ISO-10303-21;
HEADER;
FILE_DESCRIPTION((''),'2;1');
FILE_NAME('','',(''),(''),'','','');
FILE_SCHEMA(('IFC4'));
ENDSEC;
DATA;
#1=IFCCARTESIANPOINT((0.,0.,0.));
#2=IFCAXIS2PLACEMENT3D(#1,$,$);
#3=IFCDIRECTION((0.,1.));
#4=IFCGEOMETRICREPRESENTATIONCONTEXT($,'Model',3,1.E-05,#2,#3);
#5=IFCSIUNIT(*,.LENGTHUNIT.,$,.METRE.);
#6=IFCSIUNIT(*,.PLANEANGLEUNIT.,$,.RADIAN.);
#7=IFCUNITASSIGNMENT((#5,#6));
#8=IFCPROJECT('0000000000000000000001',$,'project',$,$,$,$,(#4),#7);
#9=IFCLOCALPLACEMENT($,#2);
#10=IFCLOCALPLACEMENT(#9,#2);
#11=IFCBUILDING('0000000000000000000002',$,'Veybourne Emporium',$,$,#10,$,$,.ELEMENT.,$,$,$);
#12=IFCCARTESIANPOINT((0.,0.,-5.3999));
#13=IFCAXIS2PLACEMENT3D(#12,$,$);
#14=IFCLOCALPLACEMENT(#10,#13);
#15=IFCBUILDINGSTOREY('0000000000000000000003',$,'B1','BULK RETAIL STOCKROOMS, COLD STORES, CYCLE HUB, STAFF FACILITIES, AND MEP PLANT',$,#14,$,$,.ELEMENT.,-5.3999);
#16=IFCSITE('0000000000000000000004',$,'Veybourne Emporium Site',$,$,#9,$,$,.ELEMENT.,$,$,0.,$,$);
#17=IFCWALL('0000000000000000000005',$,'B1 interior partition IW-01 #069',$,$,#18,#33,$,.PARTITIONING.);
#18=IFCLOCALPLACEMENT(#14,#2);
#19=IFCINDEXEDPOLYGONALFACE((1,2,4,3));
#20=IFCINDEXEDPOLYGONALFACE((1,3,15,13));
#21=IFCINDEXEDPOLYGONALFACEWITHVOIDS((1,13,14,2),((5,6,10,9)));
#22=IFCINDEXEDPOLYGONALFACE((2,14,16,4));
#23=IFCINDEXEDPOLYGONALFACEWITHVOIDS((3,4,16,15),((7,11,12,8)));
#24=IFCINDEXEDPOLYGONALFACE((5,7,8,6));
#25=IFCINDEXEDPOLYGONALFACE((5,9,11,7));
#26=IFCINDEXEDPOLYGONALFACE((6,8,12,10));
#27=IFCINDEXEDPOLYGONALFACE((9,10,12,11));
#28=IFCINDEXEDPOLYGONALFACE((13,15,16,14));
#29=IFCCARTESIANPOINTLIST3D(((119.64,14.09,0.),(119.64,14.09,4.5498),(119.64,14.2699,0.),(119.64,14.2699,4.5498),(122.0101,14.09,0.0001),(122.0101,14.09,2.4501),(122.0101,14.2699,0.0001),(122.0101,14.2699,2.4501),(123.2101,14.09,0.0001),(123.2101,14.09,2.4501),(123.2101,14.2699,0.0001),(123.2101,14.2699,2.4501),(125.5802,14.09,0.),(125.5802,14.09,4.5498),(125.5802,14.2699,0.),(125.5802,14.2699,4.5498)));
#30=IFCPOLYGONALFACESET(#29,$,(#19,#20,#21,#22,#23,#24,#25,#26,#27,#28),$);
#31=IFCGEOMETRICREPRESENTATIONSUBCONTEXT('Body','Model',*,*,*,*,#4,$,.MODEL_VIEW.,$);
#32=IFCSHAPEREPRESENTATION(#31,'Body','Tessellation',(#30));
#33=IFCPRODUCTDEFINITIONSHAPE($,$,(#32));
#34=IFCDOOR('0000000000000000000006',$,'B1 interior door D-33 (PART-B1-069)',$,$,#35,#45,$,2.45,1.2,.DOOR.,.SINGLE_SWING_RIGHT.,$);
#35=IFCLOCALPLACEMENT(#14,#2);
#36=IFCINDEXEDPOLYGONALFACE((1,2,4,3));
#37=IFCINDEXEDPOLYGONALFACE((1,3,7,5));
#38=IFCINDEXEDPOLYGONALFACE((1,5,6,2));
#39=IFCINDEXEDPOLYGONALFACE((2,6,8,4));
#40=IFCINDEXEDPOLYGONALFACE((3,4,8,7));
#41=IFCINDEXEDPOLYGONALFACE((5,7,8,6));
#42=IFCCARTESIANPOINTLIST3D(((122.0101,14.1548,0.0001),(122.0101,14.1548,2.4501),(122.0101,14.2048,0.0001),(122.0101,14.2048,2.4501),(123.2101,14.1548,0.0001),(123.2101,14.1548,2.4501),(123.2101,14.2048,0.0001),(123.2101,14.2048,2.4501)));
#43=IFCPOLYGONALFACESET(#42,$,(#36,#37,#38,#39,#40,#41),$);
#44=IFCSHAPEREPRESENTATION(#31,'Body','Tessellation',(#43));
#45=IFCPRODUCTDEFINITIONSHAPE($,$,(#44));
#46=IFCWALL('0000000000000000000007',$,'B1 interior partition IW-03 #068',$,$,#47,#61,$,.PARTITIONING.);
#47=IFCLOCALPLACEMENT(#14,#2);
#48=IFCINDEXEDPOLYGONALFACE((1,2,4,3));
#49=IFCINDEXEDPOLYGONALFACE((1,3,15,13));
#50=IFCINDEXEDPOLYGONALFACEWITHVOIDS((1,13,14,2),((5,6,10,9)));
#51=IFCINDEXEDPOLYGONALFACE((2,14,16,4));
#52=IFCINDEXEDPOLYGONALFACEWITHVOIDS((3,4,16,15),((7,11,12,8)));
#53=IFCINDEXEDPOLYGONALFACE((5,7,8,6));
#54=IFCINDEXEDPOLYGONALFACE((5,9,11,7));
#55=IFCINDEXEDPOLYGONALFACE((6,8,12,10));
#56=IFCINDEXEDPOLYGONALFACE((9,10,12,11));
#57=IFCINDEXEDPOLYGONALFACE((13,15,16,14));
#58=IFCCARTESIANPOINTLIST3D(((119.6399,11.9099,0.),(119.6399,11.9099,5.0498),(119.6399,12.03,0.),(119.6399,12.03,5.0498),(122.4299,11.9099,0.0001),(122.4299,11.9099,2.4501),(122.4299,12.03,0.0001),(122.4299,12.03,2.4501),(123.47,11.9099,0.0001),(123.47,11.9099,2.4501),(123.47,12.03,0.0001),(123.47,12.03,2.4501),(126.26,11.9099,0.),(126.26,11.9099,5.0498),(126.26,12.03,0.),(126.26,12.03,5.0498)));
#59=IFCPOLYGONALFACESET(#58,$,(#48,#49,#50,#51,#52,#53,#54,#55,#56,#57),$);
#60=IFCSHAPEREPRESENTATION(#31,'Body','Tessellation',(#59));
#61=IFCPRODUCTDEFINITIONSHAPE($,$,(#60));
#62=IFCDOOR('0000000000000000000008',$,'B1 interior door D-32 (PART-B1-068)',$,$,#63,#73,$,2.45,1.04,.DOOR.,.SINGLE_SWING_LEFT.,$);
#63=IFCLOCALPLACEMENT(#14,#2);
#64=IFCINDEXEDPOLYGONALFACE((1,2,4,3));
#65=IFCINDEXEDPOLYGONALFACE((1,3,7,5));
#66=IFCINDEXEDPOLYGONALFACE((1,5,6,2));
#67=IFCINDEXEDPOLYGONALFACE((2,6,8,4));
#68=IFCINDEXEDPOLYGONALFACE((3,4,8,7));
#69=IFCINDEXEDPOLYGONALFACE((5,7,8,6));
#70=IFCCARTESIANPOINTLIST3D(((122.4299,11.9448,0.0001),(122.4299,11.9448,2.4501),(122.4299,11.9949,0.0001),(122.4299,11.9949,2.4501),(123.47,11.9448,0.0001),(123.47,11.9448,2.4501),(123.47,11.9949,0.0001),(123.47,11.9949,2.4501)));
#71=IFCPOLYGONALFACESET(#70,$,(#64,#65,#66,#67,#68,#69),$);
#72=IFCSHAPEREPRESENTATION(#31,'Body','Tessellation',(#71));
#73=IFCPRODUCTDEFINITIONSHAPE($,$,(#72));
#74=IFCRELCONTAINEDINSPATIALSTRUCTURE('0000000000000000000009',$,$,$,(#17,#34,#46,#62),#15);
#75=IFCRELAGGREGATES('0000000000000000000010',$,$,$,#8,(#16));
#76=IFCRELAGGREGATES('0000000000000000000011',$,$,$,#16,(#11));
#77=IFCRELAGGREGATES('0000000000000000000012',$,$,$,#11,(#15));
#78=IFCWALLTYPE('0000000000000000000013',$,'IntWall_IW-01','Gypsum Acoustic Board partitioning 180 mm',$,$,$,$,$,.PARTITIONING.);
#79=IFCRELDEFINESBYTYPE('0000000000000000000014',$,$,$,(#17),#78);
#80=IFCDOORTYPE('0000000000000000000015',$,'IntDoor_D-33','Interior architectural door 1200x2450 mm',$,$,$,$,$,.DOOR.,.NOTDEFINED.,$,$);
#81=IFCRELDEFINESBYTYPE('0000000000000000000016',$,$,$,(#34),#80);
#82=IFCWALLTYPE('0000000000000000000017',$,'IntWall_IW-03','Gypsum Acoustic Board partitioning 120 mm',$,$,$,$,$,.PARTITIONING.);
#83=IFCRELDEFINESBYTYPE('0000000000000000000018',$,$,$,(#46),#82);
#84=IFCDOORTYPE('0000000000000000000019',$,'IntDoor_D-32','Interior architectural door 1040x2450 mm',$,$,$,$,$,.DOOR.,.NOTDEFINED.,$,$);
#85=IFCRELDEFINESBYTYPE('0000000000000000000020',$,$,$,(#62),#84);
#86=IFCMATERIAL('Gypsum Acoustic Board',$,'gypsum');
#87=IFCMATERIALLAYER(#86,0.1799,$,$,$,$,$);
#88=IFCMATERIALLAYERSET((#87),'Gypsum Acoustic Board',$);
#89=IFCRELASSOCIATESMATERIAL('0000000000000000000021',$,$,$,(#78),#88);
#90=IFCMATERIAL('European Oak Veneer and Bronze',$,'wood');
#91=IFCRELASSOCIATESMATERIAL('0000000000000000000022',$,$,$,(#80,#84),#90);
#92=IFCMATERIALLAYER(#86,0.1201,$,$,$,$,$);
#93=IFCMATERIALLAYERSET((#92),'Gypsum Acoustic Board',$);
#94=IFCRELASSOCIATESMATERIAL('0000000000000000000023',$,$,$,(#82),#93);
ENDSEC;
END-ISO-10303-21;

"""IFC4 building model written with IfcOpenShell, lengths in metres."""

from ifc_helpers import new_model, si_unit, direction, frame, frame_2d, origin, place, context, subcontext, project, spatial, rectangle, extrude, material, layer, layer_set, type_object, element, fill, save


model = new_model("IFC4")

# Units and contexts
model_context = context("Model", 3, precision=1e-05, world=origin(), true_north=direction((0.0, 1.0)))
body_context = subcontext(model_context, "Body", "Model", "MODEL_VIEW")
ifc_project = project(units=[si_unit("LENGTHUNIT", "METRE"), si_unit("PLANEANGLEUNIT", "RADIAN")], contexts=[model_context])

# Site, building, storey
site_placement = place(None, origin())
site = spatial("IfcSite", under=ifc_project, at=site_placement, Name="Veybourne Emporium Site", CompositionType="ELEMENT", RefElevation=0.0)
building_placement = place(site_placement, origin())
building = spatial("IfcBuilding", under=site, at=building_placement, Name="Veybourne Emporium", CompositionType="ELEMENT")
storey_placement = place(building_placement, frame((0.0, 0.0, -5.3999)))
storey = spatial("IfcBuildingStorey", under=building, at=storey_placement, Name="B1", Description="BULK RETAIL STOCKROOMS, COLD STORES, CYCLE HUB, STAFF FACILITIES, AND MEP PLANT", CompositionType="ELEMENT", Elevation=-5.3999)

# Walls, openings, doors
ifc_material_1 = material(Name="Gypsum Acoustic Board", Category="gypsum")
ifc_layer_1 = layer(ifc_material_1, 0.1799)
ifc_layer_set_1 = layer_set([ifc_layer_1], Name="Gypsum Acoustic Board")
wall_type_1 = type_object("IfcWallType", Name="IntWall_IW-01", Description="Gypsum Acoustic Board partitioning 180 mm", PredefinedType="PARTITIONING", material=ifc_layer_set_1)
wall_1_placement = place(storey_placement, frame((119.6399, 14.1799, 0.0), z_axis=(0.0, 0.0, 1.0), x_axis=(1.0, 0.0, 0.0)))
wall_1 = element("IfcWall", 1, at=wall_1_placement, inside=storey, type_object=wall_type_1, Name="B1 interior partition IW-01 #069", PredefinedType="PARTITIONING", context=body_context, shape_type="SweptSolid", body=[
    extrude(rectangle(XDim=5.9402, YDim=0.1799, at=frame_2d((2.9702, 0.0))), origin(), (0.0, 0.0, 1.0), 4.5498),
])
opening_1_placement = place(wall_1_placement, frame((2.3701, 0.0, 0.0)))
opening_1 = element("IfcOpeningElement", 2, at=opening_1_placement, cuts=wall_1, PredefinedType="OPENING", context=body_context, shape_type="SweptSolid", body=[
    extrude(rectangle(XDim=1.2, YDim=2.45, at=frame_2d((0.6001, 1.2251))), frame((0.0, 0.1099, 0.0), z_axis=(0.0, -1.0, 0.0), x_axis=(1.0, 0.0, 0.0)), (0.0, 0.0, 1.0), 0.22),
])
ifc_material_2 = material(Name="European Oak Veneer and Bronze", Category="wood")
door_type_1 = type_object("IfcDoorType", Name="IntDoor_D-33", Description="Interior architectural door 1200x2450 mm", OperationType="NOTDEFINED", PredefinedType="DOOR", material=ifc_material_2)
door_1_placement = place(opening_1_placement, origin())
door_1 = element("IfcDoor", 3, at=door_1_placement, inside=storey, type_object=door_type_1, Name="B1 interior door D-33 (PART-B1-069)", OperationType="SINGLE_SWING_RIGHT", OverallHeight=2.45, OverallWidth=1.2, PredefinedType="DOOR", context=body_context, shape_type="SweptSolid", body=[
    extrude(rectangle(XDim=1.2, YDim=2.45, at=frame_2d((0.6001, 1.2251))), frame((0.0, 0.0249, 0.0), z_axis=(0.0, -1.0, 0.0), x_axis=(1.0, 0.0, 0.0)), (0.0, 0.0, 1.0), 0.05),
])
fill(opening_1, door_1)
ifc_layer_2 = layer(ifc_material_1, 0.1201)
ifc_layer_set_2 = layer_set([ifc_layer_2], Name="Gypsum Acoustic Board")
wall_type_2 = type_object("IfcWallType", Name="IntWall_IW-03", Description="Gypsum Acoustic Board partitioning 120 mm", PredefinedType="PARTITIONING", material=ifc_layer_set_2)
wall_2_placement = place(storey_placement, frame((119.6399, 11.97, 0.0), z_axis=(0.0, 0.0, 1.0), x_axis=(1.0, 0.0, 0.0)))
wall_2 = element("IfcWall", 4, at=wall_2_placement, inside=storey, type_object=wall_type_2, Name="B1 interior partition IW-03 #068", PredefinedType="PARTITIONING", context=body_context, shape_type="SweptSolid", body=[
    extrude(rectangle(XDim=6.6201, YDim=0.1201, at=frame_2d((3.3101, 0.0))), origin(), (0.0, 0.0, 1.0), 5.0498),
])
opening_2_placement = place(wall_2_placement, frame((2.79, 0.0, 0.0)))
opening_2 = element("IfcOpeningElement", 5, at=opening_2_placement, cuts=wall_2, PredefinedType="OPENING", context=body_context, shape_type="SweptSolid", body=[
    extrude(rectangle(XDim=1.04, YDim=2.45, at=frame_2d((0.52, 1.2251))), frame((0.0, 0.0801, 0.0), z_axis=(0.0, -1.0, 0.0), x_axis=(1.0, 0.0, 0.0)), (0.0, 0.0, 1.0), 0.1602),
])
door_type_2 = type_object("IfcDoorType", Name="IntDoor_D-32", Description="Interior architectural door 1040x2450 mm", OperationType="NOTDEFINED", PredefinedType="DOOR", material=ifc_material_2)
door_2_placement = place(opening_2_placement, origin())
door_2 = element("IfcDoor", 6, at=door_2_placement, inside=storey, type_object=door_type_2, Name="B1 interior door D-32 (PART-B1-068)", OperationType="SINGLE_SWING_LEFT", OverallHeight=2.45, OverallWidth=1.04, PredefinedType="DOOR", context=body_context, shape_type="SweptSolid", body=[
    extrude(rectangle(XDim=1.04, YDim=2.45, at=frame_2d((0.52, 1.2251))), frame((0.0, 0.0249, 0.0), z_axis=(0.0, -1.0, 0.0), x_axis=(1.0, 0.0, 0.0)), (0.0, 0.0, 1.0), 0.05),
])
fill(opening_2, door_2)

save(model, "model.ifc")
